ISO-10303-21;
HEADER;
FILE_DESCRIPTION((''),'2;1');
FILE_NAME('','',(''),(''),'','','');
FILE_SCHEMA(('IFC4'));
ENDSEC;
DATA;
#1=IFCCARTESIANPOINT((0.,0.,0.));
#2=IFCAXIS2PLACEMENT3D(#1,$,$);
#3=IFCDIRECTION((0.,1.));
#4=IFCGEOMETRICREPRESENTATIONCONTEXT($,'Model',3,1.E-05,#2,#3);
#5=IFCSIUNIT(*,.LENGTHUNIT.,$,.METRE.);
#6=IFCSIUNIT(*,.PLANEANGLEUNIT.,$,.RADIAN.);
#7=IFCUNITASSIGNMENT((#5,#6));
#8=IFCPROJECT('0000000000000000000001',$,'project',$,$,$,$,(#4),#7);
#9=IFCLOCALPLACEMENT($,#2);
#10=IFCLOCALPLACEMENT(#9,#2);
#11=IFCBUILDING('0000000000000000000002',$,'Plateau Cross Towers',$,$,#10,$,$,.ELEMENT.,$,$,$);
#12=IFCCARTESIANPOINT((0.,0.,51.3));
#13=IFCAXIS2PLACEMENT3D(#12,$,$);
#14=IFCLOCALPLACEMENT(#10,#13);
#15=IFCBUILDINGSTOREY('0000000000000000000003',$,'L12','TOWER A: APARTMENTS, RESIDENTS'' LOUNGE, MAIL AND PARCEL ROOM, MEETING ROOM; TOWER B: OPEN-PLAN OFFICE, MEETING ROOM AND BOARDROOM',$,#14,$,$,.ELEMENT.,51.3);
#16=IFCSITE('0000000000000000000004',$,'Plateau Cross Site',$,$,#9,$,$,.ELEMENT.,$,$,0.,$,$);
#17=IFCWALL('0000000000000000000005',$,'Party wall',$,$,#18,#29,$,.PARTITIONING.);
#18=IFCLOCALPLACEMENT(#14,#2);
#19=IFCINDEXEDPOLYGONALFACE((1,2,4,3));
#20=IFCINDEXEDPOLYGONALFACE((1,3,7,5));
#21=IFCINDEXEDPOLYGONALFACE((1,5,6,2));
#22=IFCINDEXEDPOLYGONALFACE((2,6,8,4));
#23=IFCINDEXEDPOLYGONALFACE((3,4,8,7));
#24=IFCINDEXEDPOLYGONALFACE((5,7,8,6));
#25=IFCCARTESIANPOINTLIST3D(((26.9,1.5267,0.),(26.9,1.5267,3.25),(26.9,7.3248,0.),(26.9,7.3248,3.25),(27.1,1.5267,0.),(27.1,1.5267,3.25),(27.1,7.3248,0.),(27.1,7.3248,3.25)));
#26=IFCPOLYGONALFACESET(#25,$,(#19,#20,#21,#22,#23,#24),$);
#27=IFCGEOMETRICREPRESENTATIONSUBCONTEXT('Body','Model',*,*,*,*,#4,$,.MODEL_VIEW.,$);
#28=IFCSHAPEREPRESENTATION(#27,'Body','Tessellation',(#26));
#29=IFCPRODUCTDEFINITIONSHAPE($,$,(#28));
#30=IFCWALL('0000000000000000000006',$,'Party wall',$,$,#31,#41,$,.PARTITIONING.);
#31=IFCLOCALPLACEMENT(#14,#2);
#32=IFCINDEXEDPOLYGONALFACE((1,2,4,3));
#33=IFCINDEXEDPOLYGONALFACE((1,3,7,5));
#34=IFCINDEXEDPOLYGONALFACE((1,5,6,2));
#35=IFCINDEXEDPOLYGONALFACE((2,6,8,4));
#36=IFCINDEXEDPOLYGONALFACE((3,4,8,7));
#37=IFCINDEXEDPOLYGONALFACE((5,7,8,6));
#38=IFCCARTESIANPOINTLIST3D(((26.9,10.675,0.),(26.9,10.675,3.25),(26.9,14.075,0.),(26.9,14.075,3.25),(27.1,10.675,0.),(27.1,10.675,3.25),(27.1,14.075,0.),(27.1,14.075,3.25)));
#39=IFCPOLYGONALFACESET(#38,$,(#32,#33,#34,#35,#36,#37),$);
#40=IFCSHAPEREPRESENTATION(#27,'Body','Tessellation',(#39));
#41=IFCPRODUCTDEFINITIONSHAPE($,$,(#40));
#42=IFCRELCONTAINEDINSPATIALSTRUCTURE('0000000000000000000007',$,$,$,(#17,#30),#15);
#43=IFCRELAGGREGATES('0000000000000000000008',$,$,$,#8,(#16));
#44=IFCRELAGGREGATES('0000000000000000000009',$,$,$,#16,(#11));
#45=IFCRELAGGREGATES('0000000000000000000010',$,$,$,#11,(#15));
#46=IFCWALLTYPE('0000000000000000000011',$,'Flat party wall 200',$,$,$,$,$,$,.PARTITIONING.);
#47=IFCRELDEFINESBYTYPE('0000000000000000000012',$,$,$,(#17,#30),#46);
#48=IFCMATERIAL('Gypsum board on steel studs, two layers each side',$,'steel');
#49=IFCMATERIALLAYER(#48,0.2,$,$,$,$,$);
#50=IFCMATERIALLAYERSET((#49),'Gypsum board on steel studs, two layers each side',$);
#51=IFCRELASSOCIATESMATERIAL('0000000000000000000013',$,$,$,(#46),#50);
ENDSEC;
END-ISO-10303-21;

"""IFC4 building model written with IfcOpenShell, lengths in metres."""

from ifc_helpers import new_model, si_unit, direction, frame, frame_2d, origin, place, context, subcontext, project, spatial, rectangle, extrude, material, layer, layer_set, type_object, element, save


model = new_model("IFC4")

# Units and contexts
model_context = context("Model", 3, precision=1e-05, world=origin(), true_north=direction((0.0, 1.0)))
body_context = subcontext(model_context, "Body", "Model", "MODEL_VIEW")
ifc_project = project(units=[si_unit("LENGTHUNIT", "METRE"), si_unit("PLANEANGLEUNIT", "RADIAN")], contexts=[model_context])

# Site, building, storey
site_placement = place(None, origin())
site = spatial("IfcSite", under=ifc_project, at=site_placement, Name="Plateau Cross Site", CompositionType="ELEMENT", RefElevation=0.0)
building_placement = place(site_placement, origin())
building = spatial("IfcBuilding", under=site, at=building_placement, Name="Plateau Cross Towers", CompositionType="ELEMENT")
storey_placement = place(building_placement, frame((0.0, 0.0, 51.3)))
storey = spatial("IfcBuildingStorey", under=building, at=storey_placement, Name="L12", Description="TOWER A: APARTMENTS, RESIDENTS' LOUNGE, MAIL AND PARCEL ROOM, MEETING ROOM; TOWER B: OPEN-PLAN OFFICE, MEETING ROOM AND BOARDROOM", CompositionType="ELEMENT", Elevation=51.3)

# Walls
ifc_material_1 = material(Name="Gypsum board on steel studs, two layers each side", Category="steel")
ifc_layer_1 = layer(ifc_material_1, 0.2)
ifc_layer_set_1 = layer_set([ifc_layer_1], Name="Gypsum board on steel studs, two layers each side")
wall_type_1 = type_object("IfcWallType", Name="Flat party wall 200", PredefinedType="PARTITIONING", material=ifc_layer_set_1)
wall_1_placement = place(storey_placement, frame((27.0, 1.5269, 0.0), z_axis=(0.0, 0.0, 1.0), x_axis=(0.0, 1.0, 0.0)))
element("IfcWall", 1, at=wall_1_placement, inside=storey, type_object=wall_type_1, Name="Party wall", PredefinedType="PARTITIONING", context=body_context, shape_type="SweptSolid", body=[
    extrude(rectangle(XDim=5.7981, YDim=0.2, at=frame_2d((2.8989, 0.0))), origin(), (0.0, 0.0, 1.0), 3.25),
])
wall_2_placement = place(storey_placement, frame((27.0, 10.675, 0.0), z_axis=(0.0, 0.0, 1.0), x_axis=(0.0, 1.0, 0.0)))
element("IfcWall", 2, at=wall_2_placement, inside=storey, type_object=wall_type_1, Name="Party wall", PredefinedType="PARTITIONING", context=body_context, shape_type="SweptSolid", body=[
    extrude(rectangle(XDim=3.3999, YDim=0.2, at=frame_2d((1.7, 0.0))), origin(), (0.0, 0.0, 1.0), 3.25),
])

save(model, "model.ifc")
